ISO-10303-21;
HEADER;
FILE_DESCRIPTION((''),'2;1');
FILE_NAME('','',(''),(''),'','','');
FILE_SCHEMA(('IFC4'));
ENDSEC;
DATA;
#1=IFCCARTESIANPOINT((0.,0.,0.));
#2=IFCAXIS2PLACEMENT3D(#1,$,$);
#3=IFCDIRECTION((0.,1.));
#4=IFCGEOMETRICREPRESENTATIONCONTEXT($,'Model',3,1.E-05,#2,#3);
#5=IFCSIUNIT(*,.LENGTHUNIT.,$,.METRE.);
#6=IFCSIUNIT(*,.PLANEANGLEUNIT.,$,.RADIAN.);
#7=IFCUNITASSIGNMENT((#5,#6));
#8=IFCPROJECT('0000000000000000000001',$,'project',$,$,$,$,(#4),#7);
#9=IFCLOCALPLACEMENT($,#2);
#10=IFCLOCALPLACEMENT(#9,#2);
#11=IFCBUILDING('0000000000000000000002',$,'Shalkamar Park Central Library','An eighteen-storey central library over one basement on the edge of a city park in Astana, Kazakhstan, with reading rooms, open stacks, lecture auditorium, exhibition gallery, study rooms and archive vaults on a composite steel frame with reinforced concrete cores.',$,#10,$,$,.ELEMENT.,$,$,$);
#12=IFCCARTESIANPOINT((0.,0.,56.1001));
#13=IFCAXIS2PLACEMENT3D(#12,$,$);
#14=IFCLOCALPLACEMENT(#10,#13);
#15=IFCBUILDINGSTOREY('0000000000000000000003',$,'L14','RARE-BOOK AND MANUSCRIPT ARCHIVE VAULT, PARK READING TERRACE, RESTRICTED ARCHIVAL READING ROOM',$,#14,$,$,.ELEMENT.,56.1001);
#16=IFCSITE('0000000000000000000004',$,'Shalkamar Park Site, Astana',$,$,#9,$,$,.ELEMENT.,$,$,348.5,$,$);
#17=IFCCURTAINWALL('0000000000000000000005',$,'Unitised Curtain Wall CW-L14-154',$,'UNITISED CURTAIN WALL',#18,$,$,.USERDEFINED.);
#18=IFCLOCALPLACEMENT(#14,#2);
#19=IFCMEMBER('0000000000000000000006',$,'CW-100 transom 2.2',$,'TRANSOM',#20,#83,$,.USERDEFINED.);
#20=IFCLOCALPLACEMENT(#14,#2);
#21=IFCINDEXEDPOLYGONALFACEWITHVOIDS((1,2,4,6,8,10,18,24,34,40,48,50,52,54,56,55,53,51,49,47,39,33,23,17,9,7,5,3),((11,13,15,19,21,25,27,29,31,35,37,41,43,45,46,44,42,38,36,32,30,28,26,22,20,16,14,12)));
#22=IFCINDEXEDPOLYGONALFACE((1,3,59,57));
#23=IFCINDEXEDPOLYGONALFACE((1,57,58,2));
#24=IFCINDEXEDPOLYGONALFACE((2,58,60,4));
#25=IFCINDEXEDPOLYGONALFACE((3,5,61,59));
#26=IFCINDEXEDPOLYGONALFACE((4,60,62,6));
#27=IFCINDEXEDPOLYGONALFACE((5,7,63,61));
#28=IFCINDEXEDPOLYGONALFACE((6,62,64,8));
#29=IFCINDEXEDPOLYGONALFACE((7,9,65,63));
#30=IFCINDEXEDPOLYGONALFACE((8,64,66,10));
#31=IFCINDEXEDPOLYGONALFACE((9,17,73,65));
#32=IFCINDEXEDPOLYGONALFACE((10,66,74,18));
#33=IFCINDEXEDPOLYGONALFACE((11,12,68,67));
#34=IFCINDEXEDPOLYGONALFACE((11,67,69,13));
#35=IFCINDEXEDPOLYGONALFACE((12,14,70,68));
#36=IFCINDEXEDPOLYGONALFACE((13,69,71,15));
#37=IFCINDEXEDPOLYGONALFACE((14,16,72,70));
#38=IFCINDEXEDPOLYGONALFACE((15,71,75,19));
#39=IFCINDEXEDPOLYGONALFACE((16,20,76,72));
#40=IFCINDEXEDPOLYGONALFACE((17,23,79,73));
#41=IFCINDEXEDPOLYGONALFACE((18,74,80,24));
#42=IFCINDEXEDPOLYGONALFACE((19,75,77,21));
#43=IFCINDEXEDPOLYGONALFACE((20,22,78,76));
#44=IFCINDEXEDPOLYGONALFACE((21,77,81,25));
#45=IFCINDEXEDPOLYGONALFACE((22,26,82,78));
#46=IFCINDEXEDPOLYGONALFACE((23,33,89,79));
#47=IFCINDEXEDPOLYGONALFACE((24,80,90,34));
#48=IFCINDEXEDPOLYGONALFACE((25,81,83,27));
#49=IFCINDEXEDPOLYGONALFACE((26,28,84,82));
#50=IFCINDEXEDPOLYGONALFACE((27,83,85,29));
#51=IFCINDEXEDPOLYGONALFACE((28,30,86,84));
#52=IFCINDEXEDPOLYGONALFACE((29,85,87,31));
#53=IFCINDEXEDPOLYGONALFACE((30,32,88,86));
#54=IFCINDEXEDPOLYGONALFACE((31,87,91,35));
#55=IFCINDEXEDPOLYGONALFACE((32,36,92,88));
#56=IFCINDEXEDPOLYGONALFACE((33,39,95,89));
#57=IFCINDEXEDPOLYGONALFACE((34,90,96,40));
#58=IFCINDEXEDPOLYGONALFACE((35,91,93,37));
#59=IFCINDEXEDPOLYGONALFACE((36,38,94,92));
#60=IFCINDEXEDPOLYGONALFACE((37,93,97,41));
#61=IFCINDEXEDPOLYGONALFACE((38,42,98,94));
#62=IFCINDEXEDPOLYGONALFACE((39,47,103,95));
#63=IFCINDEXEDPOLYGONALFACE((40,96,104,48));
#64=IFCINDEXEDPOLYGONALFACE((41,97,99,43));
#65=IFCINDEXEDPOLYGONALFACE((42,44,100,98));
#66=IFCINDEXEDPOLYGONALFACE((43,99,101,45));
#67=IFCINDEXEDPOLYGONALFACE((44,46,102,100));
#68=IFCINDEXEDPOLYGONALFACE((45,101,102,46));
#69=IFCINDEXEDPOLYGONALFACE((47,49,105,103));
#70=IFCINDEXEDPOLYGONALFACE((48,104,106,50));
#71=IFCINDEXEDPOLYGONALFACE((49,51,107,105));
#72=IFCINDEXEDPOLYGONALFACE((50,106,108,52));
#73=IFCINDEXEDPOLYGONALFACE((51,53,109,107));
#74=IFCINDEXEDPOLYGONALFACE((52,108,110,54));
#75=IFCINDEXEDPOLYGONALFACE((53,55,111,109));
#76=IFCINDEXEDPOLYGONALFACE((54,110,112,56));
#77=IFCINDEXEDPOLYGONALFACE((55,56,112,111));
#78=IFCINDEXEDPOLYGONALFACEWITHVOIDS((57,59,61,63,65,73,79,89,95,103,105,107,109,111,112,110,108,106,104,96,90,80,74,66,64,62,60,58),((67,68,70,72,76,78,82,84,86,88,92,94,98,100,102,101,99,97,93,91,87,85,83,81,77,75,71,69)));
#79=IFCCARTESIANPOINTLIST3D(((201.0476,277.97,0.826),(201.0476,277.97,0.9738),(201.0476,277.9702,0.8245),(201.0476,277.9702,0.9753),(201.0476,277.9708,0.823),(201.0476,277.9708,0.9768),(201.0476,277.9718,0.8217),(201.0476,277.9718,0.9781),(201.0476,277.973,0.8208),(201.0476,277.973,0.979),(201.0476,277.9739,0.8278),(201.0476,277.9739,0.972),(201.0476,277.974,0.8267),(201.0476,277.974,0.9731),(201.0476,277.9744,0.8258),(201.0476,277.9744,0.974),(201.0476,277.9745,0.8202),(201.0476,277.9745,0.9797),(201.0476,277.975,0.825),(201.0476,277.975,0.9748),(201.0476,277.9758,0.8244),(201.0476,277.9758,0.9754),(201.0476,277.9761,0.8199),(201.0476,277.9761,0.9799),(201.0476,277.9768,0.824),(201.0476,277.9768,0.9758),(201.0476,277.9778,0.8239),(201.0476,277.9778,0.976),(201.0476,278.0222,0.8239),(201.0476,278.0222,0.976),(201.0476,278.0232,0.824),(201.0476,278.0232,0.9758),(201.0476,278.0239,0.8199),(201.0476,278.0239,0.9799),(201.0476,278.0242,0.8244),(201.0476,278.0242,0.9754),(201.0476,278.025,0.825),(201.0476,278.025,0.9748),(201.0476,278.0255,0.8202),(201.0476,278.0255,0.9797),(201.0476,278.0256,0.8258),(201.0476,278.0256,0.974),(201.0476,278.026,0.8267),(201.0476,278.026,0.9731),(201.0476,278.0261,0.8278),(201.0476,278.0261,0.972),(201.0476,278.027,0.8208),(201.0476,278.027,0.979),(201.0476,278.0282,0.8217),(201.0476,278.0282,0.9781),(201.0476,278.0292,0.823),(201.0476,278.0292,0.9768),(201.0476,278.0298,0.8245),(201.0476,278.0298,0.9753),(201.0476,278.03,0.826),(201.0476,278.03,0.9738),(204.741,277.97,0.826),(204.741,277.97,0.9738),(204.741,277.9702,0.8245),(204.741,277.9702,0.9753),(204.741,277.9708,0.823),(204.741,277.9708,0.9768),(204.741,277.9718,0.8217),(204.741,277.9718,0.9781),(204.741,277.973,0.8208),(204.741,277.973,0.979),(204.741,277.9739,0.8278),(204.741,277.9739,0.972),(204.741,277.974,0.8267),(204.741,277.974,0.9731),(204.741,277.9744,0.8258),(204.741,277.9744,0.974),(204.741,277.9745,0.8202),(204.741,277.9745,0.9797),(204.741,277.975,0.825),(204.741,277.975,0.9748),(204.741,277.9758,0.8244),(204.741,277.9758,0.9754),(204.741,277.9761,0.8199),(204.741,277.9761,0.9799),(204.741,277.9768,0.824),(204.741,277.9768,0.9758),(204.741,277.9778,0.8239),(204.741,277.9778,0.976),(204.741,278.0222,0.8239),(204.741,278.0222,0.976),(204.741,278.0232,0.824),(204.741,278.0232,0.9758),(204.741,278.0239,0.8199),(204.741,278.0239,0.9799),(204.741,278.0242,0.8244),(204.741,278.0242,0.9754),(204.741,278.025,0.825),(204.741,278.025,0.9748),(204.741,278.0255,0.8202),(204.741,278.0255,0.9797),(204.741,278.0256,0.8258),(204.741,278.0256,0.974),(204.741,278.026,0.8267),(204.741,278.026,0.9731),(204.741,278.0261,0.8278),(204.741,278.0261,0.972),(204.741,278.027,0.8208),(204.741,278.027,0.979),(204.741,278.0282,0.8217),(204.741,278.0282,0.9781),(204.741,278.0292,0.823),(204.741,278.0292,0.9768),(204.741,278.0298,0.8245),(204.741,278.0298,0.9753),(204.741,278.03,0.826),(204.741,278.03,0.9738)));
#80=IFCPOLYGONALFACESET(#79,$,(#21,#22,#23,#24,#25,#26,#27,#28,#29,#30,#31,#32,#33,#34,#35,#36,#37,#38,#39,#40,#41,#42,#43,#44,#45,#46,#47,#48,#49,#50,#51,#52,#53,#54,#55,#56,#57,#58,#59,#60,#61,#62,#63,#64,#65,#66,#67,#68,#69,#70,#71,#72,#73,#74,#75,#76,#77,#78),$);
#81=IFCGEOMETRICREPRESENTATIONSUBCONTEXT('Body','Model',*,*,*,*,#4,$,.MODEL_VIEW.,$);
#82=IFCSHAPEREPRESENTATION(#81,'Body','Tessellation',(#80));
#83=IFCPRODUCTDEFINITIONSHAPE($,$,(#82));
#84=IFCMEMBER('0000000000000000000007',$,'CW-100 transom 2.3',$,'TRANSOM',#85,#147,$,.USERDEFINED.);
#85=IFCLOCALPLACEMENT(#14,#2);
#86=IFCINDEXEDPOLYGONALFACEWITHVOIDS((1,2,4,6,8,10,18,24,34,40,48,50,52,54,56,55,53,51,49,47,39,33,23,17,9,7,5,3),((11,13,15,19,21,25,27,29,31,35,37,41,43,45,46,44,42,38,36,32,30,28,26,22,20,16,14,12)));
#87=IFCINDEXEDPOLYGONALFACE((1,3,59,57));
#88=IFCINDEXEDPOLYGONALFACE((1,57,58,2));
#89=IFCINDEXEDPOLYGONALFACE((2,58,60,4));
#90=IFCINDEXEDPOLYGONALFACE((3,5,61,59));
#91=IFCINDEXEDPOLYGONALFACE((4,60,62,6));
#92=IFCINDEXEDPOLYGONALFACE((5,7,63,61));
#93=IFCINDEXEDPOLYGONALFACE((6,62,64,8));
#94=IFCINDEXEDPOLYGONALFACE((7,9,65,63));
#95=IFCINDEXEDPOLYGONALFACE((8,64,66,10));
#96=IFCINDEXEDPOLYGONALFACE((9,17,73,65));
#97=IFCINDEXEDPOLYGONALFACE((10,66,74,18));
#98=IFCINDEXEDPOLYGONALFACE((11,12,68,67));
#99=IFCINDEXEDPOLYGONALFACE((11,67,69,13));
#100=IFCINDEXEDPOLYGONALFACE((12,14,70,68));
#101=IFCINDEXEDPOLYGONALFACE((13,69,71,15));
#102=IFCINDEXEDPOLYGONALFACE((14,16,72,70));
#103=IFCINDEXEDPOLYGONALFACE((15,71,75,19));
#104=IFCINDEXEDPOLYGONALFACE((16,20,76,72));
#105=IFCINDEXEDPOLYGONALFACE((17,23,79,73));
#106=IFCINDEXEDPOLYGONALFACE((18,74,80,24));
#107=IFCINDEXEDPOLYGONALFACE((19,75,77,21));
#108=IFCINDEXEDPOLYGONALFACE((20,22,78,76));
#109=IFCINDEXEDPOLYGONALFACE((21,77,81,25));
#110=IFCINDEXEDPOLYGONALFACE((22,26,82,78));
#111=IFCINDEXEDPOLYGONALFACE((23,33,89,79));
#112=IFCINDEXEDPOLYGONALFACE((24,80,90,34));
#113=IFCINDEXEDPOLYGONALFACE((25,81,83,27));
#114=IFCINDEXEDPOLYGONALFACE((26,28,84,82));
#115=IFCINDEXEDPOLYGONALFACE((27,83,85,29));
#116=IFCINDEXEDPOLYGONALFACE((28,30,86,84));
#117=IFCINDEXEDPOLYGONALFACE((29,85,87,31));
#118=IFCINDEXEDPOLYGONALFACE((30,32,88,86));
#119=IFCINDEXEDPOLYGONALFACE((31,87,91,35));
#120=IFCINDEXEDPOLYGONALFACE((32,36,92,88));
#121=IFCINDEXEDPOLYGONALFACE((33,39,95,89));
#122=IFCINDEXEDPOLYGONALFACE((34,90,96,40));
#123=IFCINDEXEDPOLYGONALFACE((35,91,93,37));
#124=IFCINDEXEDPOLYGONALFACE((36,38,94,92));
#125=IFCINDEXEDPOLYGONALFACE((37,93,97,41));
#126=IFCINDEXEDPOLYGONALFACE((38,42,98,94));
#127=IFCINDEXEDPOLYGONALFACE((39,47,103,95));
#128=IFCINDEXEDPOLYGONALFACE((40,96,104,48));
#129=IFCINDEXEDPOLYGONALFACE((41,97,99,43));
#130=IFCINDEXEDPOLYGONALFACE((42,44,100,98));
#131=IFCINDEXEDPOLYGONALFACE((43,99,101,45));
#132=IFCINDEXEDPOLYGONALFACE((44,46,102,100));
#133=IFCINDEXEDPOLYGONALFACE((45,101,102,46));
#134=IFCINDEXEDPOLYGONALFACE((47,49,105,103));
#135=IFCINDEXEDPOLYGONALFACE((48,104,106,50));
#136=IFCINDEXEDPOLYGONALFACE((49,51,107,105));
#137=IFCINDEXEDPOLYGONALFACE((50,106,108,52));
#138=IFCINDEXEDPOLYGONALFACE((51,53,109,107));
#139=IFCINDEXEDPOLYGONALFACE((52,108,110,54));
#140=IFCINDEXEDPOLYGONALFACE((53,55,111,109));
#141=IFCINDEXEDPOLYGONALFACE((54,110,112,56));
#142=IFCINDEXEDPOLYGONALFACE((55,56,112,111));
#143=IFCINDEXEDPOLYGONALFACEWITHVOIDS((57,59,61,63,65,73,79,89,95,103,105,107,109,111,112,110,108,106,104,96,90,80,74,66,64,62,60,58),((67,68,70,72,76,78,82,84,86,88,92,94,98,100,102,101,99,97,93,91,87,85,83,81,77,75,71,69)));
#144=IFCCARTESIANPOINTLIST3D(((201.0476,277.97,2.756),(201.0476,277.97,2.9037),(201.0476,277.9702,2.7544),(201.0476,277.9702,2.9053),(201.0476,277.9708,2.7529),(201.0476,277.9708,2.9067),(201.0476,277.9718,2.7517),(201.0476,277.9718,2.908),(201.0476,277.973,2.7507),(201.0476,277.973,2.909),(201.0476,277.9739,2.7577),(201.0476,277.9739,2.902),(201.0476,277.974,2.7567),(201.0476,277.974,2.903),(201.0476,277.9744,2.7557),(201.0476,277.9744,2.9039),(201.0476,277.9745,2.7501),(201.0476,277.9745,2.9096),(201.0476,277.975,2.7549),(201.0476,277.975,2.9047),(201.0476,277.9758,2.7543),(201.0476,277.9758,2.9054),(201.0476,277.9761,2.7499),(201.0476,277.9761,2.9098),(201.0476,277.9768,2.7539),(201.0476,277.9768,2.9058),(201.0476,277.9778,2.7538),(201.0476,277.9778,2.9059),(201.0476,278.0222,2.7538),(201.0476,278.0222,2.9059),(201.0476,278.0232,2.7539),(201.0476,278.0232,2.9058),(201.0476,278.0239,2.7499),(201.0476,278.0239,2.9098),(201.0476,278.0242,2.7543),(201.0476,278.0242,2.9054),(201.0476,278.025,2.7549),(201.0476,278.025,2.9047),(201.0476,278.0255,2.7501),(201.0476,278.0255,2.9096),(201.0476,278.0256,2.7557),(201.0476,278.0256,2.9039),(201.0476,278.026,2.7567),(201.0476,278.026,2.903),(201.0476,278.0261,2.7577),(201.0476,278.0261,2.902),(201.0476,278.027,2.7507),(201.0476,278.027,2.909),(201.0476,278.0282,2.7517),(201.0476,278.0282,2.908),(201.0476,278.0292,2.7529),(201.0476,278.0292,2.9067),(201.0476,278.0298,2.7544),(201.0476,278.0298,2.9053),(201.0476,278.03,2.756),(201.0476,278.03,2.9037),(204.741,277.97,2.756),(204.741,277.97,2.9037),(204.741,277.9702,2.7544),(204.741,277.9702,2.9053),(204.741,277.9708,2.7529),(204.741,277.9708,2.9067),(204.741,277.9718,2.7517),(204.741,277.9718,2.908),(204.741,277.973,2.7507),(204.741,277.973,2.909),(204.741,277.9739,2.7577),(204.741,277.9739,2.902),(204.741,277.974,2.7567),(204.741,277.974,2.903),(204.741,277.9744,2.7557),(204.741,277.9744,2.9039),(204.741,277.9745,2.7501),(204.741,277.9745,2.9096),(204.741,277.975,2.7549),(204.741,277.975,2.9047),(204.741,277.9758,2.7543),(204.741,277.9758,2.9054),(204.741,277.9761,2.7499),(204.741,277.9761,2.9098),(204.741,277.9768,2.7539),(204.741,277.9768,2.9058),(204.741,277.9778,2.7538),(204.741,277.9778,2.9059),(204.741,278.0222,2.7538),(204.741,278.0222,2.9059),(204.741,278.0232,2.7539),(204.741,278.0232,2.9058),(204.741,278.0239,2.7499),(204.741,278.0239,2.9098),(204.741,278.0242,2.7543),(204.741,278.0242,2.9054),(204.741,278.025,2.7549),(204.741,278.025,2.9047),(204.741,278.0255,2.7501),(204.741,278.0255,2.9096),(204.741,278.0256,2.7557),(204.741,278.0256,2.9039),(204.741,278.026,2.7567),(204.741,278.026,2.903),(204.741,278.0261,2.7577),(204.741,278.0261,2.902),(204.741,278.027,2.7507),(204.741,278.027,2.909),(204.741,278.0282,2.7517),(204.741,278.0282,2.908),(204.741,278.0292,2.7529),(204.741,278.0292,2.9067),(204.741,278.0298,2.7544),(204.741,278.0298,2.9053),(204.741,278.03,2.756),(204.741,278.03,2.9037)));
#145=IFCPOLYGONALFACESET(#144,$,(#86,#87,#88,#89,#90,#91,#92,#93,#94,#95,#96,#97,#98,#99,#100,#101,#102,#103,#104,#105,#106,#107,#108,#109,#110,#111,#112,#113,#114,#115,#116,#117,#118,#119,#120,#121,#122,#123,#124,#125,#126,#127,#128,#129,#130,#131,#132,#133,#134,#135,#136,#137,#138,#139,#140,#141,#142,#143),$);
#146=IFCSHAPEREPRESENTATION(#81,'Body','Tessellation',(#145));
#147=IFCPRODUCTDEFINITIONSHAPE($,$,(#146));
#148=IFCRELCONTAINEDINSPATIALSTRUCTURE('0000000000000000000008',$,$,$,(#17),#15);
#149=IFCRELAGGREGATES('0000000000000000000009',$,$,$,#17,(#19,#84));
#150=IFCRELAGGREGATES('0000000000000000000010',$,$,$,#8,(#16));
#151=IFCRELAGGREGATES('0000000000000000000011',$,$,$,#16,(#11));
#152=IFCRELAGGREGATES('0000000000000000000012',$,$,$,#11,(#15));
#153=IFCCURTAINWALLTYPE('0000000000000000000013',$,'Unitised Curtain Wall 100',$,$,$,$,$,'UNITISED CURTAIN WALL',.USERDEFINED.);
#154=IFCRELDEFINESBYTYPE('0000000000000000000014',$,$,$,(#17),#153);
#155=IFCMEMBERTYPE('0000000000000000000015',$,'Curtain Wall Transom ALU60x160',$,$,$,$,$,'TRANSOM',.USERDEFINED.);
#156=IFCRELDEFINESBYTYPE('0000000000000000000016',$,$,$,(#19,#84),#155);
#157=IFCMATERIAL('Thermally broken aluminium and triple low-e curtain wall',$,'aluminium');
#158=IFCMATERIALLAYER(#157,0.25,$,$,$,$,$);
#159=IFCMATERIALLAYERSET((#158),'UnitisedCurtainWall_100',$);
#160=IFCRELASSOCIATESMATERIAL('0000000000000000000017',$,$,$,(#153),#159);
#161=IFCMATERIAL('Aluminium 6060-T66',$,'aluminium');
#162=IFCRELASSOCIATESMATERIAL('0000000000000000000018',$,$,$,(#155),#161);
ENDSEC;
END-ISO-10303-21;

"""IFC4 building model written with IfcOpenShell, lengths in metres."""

from ifc_helpers import new_model, si_unit, direction, frame, origin, origin_2d, place, context, subcontext, project, spatial, hollow_rectangle, extrude, material, layer, layer_set, material_profile, profile_set, type_object, element, aggregate, save


model = new_model("IFC4")

# Units and contexts
model_context = context("Model", 3, precision=1e-05, world=origin(), true_north=direction((0.0, 1.0)))
body_context = subcontext(model_context, "Body", "Model", "MODEL_VIEW")
ifc_project = project(units=[si_unit("LENGTHUNIT", "METRE"), si_unit("PLANEANGLEUNIT", "RADIAN")], contexts=[model_context])

# Site, building, storey
site_placement = place(None, origin())
site = spatial("IfcSite", under=ifc_project, at=site_placement, Name="Shalkamar Park Site, Astana", CompositionType="ELEMENT", RefElevation=348.5)
building_placement = place(site_placement, origin())
building = spatial("IfcBuilding", under=site, at=building_placement, Name="Shalkamar Park Central Library", Description="An eighteen-storey central library over one basement on the edge of a city park in Astana, Kazakhstan, with reading rooms, open stacks, lecture auditorium, exhibition gallery, study rooms and archive vaults on a composite steel frame with reinforced concrete cores.", CompositionType="ELEMENT")
storey_placement = place(building_placement, frame((0.0, 0.0, 56.1001)))
storey = spatial("IfcBuildingStorey", under=building, at=storey_placement, Name="L14", Description="RARE-BOOK AND MANUSCRIPT ARCHIVE VAULT, PARK READING TERRACE, RESTRICTED ARCHIVAL READING ROOM", CompositionType="ELEMENT", Elevation=56.1001)

# Curtain wall
ifc_material_1 = material(Name="Thermally broken aluminium and triple low-e curtain wall", Category="aluminium")
ifc_layer_1 = layer(ifc_material_1, 0.25)
ifc_layer_set_1 = layer_set([ifc_layer_1], Name="UnitisedCurtainWall_100")
curtain_wall_type_1 = type_object("IfcCurtainWallType", Name="Unitised Curtain Wall 100", ElementType="UNITISED CURTAIN WALL", PredefinedType="USERDEFINED", material=ifc_layer_set_1)
curtain_wall_1_placement = place(storey_placement, origin())
curtain_wall_1 = element("IfcCurtainWall", 1, at=curtain_wall_1_placement, inside=storey, type_object=curtain_wall_type_1, Name="Unitised Curtain Wall CW-L14-154", ObjectType="UNITISED CURTAIN WALL", PredefinedType="USERDEFINED")
ifc_material_2 = material(Name="Aluminium 6060-T66", Category="aluminium")

# Members
ifc_material_profile_1 = material_profile(ifc_material_2, hollow_rectangle(XDim=0.0601, YDim=0.1599, WallThickness=0.0039, InnerFilletRadius=0.0039, OuterFilletRadius=0.0061, at=origin_2d()), Name="ALU 60x160x4")
ifc_profile_set_1 = profile_set([ifc_material_profile_1], Name="Aluminium 6060-T66")
member_type_1 = type_object("IfcMemberType", Name="Curtain Wall Transom ALU60x160", ElementType="TRANSOM", PredefinedType="USERDEFINED", material=ifc_profile_set_1)
member_1_placement = place(storey_placement, frame((201.0476, 278.0, 0.8999), z_axis=(1.0, 0.0, 0.0), x_axis=(0.0, 1.0, 0.0)))
member_1 = element("IfcMember", 2, at=member_1_placement, type_object=member_type_1, Name="CW-100 transom 2.2", ObjectType="TRANSOM", PredefinedType="USERDEFINED", context=body_context, shape_type="SweptSolid", body=[
    extrude(hollow_rectangle(XDim=0.0601, YDim=0.1599, WallThickness=0.0039, InnerFilletRadius=0.0039, OuterFilletRadius=0.0061, at=origin_2d()), origin(), (0.0, 0.0, 1.0), 3.6934),
])
member_2_placement = place(storey_placement, frame((201.0476, 278.0, 2.8298), z_axis=(1.0, 0.0, 0.0), x_axis=(0.0, 1.0, 0.0)))
member_2 = element("IfcMember", 3, at=member_2_placement, type_object=member_type_1, Name="CW-100 transom 2.3", ObjectType="TRANSOM", PredefinedType="USERDEFINED", context=body_context, shape_type="SweptSolid", body=[
    extrude(hollow_rectangle(XDim=0.0601, YDim=0.1599, WallThickness=0.0039, InnerFilletRadius=0.0039, OuterFilletRadius=0.0061, at=origin_2d()), origin(), (0.0, 0.0, 1.0), 3.6934),
])

aggregate(curtain_wall_1, [member_1, member_2])

save(model, "model.ifc")
